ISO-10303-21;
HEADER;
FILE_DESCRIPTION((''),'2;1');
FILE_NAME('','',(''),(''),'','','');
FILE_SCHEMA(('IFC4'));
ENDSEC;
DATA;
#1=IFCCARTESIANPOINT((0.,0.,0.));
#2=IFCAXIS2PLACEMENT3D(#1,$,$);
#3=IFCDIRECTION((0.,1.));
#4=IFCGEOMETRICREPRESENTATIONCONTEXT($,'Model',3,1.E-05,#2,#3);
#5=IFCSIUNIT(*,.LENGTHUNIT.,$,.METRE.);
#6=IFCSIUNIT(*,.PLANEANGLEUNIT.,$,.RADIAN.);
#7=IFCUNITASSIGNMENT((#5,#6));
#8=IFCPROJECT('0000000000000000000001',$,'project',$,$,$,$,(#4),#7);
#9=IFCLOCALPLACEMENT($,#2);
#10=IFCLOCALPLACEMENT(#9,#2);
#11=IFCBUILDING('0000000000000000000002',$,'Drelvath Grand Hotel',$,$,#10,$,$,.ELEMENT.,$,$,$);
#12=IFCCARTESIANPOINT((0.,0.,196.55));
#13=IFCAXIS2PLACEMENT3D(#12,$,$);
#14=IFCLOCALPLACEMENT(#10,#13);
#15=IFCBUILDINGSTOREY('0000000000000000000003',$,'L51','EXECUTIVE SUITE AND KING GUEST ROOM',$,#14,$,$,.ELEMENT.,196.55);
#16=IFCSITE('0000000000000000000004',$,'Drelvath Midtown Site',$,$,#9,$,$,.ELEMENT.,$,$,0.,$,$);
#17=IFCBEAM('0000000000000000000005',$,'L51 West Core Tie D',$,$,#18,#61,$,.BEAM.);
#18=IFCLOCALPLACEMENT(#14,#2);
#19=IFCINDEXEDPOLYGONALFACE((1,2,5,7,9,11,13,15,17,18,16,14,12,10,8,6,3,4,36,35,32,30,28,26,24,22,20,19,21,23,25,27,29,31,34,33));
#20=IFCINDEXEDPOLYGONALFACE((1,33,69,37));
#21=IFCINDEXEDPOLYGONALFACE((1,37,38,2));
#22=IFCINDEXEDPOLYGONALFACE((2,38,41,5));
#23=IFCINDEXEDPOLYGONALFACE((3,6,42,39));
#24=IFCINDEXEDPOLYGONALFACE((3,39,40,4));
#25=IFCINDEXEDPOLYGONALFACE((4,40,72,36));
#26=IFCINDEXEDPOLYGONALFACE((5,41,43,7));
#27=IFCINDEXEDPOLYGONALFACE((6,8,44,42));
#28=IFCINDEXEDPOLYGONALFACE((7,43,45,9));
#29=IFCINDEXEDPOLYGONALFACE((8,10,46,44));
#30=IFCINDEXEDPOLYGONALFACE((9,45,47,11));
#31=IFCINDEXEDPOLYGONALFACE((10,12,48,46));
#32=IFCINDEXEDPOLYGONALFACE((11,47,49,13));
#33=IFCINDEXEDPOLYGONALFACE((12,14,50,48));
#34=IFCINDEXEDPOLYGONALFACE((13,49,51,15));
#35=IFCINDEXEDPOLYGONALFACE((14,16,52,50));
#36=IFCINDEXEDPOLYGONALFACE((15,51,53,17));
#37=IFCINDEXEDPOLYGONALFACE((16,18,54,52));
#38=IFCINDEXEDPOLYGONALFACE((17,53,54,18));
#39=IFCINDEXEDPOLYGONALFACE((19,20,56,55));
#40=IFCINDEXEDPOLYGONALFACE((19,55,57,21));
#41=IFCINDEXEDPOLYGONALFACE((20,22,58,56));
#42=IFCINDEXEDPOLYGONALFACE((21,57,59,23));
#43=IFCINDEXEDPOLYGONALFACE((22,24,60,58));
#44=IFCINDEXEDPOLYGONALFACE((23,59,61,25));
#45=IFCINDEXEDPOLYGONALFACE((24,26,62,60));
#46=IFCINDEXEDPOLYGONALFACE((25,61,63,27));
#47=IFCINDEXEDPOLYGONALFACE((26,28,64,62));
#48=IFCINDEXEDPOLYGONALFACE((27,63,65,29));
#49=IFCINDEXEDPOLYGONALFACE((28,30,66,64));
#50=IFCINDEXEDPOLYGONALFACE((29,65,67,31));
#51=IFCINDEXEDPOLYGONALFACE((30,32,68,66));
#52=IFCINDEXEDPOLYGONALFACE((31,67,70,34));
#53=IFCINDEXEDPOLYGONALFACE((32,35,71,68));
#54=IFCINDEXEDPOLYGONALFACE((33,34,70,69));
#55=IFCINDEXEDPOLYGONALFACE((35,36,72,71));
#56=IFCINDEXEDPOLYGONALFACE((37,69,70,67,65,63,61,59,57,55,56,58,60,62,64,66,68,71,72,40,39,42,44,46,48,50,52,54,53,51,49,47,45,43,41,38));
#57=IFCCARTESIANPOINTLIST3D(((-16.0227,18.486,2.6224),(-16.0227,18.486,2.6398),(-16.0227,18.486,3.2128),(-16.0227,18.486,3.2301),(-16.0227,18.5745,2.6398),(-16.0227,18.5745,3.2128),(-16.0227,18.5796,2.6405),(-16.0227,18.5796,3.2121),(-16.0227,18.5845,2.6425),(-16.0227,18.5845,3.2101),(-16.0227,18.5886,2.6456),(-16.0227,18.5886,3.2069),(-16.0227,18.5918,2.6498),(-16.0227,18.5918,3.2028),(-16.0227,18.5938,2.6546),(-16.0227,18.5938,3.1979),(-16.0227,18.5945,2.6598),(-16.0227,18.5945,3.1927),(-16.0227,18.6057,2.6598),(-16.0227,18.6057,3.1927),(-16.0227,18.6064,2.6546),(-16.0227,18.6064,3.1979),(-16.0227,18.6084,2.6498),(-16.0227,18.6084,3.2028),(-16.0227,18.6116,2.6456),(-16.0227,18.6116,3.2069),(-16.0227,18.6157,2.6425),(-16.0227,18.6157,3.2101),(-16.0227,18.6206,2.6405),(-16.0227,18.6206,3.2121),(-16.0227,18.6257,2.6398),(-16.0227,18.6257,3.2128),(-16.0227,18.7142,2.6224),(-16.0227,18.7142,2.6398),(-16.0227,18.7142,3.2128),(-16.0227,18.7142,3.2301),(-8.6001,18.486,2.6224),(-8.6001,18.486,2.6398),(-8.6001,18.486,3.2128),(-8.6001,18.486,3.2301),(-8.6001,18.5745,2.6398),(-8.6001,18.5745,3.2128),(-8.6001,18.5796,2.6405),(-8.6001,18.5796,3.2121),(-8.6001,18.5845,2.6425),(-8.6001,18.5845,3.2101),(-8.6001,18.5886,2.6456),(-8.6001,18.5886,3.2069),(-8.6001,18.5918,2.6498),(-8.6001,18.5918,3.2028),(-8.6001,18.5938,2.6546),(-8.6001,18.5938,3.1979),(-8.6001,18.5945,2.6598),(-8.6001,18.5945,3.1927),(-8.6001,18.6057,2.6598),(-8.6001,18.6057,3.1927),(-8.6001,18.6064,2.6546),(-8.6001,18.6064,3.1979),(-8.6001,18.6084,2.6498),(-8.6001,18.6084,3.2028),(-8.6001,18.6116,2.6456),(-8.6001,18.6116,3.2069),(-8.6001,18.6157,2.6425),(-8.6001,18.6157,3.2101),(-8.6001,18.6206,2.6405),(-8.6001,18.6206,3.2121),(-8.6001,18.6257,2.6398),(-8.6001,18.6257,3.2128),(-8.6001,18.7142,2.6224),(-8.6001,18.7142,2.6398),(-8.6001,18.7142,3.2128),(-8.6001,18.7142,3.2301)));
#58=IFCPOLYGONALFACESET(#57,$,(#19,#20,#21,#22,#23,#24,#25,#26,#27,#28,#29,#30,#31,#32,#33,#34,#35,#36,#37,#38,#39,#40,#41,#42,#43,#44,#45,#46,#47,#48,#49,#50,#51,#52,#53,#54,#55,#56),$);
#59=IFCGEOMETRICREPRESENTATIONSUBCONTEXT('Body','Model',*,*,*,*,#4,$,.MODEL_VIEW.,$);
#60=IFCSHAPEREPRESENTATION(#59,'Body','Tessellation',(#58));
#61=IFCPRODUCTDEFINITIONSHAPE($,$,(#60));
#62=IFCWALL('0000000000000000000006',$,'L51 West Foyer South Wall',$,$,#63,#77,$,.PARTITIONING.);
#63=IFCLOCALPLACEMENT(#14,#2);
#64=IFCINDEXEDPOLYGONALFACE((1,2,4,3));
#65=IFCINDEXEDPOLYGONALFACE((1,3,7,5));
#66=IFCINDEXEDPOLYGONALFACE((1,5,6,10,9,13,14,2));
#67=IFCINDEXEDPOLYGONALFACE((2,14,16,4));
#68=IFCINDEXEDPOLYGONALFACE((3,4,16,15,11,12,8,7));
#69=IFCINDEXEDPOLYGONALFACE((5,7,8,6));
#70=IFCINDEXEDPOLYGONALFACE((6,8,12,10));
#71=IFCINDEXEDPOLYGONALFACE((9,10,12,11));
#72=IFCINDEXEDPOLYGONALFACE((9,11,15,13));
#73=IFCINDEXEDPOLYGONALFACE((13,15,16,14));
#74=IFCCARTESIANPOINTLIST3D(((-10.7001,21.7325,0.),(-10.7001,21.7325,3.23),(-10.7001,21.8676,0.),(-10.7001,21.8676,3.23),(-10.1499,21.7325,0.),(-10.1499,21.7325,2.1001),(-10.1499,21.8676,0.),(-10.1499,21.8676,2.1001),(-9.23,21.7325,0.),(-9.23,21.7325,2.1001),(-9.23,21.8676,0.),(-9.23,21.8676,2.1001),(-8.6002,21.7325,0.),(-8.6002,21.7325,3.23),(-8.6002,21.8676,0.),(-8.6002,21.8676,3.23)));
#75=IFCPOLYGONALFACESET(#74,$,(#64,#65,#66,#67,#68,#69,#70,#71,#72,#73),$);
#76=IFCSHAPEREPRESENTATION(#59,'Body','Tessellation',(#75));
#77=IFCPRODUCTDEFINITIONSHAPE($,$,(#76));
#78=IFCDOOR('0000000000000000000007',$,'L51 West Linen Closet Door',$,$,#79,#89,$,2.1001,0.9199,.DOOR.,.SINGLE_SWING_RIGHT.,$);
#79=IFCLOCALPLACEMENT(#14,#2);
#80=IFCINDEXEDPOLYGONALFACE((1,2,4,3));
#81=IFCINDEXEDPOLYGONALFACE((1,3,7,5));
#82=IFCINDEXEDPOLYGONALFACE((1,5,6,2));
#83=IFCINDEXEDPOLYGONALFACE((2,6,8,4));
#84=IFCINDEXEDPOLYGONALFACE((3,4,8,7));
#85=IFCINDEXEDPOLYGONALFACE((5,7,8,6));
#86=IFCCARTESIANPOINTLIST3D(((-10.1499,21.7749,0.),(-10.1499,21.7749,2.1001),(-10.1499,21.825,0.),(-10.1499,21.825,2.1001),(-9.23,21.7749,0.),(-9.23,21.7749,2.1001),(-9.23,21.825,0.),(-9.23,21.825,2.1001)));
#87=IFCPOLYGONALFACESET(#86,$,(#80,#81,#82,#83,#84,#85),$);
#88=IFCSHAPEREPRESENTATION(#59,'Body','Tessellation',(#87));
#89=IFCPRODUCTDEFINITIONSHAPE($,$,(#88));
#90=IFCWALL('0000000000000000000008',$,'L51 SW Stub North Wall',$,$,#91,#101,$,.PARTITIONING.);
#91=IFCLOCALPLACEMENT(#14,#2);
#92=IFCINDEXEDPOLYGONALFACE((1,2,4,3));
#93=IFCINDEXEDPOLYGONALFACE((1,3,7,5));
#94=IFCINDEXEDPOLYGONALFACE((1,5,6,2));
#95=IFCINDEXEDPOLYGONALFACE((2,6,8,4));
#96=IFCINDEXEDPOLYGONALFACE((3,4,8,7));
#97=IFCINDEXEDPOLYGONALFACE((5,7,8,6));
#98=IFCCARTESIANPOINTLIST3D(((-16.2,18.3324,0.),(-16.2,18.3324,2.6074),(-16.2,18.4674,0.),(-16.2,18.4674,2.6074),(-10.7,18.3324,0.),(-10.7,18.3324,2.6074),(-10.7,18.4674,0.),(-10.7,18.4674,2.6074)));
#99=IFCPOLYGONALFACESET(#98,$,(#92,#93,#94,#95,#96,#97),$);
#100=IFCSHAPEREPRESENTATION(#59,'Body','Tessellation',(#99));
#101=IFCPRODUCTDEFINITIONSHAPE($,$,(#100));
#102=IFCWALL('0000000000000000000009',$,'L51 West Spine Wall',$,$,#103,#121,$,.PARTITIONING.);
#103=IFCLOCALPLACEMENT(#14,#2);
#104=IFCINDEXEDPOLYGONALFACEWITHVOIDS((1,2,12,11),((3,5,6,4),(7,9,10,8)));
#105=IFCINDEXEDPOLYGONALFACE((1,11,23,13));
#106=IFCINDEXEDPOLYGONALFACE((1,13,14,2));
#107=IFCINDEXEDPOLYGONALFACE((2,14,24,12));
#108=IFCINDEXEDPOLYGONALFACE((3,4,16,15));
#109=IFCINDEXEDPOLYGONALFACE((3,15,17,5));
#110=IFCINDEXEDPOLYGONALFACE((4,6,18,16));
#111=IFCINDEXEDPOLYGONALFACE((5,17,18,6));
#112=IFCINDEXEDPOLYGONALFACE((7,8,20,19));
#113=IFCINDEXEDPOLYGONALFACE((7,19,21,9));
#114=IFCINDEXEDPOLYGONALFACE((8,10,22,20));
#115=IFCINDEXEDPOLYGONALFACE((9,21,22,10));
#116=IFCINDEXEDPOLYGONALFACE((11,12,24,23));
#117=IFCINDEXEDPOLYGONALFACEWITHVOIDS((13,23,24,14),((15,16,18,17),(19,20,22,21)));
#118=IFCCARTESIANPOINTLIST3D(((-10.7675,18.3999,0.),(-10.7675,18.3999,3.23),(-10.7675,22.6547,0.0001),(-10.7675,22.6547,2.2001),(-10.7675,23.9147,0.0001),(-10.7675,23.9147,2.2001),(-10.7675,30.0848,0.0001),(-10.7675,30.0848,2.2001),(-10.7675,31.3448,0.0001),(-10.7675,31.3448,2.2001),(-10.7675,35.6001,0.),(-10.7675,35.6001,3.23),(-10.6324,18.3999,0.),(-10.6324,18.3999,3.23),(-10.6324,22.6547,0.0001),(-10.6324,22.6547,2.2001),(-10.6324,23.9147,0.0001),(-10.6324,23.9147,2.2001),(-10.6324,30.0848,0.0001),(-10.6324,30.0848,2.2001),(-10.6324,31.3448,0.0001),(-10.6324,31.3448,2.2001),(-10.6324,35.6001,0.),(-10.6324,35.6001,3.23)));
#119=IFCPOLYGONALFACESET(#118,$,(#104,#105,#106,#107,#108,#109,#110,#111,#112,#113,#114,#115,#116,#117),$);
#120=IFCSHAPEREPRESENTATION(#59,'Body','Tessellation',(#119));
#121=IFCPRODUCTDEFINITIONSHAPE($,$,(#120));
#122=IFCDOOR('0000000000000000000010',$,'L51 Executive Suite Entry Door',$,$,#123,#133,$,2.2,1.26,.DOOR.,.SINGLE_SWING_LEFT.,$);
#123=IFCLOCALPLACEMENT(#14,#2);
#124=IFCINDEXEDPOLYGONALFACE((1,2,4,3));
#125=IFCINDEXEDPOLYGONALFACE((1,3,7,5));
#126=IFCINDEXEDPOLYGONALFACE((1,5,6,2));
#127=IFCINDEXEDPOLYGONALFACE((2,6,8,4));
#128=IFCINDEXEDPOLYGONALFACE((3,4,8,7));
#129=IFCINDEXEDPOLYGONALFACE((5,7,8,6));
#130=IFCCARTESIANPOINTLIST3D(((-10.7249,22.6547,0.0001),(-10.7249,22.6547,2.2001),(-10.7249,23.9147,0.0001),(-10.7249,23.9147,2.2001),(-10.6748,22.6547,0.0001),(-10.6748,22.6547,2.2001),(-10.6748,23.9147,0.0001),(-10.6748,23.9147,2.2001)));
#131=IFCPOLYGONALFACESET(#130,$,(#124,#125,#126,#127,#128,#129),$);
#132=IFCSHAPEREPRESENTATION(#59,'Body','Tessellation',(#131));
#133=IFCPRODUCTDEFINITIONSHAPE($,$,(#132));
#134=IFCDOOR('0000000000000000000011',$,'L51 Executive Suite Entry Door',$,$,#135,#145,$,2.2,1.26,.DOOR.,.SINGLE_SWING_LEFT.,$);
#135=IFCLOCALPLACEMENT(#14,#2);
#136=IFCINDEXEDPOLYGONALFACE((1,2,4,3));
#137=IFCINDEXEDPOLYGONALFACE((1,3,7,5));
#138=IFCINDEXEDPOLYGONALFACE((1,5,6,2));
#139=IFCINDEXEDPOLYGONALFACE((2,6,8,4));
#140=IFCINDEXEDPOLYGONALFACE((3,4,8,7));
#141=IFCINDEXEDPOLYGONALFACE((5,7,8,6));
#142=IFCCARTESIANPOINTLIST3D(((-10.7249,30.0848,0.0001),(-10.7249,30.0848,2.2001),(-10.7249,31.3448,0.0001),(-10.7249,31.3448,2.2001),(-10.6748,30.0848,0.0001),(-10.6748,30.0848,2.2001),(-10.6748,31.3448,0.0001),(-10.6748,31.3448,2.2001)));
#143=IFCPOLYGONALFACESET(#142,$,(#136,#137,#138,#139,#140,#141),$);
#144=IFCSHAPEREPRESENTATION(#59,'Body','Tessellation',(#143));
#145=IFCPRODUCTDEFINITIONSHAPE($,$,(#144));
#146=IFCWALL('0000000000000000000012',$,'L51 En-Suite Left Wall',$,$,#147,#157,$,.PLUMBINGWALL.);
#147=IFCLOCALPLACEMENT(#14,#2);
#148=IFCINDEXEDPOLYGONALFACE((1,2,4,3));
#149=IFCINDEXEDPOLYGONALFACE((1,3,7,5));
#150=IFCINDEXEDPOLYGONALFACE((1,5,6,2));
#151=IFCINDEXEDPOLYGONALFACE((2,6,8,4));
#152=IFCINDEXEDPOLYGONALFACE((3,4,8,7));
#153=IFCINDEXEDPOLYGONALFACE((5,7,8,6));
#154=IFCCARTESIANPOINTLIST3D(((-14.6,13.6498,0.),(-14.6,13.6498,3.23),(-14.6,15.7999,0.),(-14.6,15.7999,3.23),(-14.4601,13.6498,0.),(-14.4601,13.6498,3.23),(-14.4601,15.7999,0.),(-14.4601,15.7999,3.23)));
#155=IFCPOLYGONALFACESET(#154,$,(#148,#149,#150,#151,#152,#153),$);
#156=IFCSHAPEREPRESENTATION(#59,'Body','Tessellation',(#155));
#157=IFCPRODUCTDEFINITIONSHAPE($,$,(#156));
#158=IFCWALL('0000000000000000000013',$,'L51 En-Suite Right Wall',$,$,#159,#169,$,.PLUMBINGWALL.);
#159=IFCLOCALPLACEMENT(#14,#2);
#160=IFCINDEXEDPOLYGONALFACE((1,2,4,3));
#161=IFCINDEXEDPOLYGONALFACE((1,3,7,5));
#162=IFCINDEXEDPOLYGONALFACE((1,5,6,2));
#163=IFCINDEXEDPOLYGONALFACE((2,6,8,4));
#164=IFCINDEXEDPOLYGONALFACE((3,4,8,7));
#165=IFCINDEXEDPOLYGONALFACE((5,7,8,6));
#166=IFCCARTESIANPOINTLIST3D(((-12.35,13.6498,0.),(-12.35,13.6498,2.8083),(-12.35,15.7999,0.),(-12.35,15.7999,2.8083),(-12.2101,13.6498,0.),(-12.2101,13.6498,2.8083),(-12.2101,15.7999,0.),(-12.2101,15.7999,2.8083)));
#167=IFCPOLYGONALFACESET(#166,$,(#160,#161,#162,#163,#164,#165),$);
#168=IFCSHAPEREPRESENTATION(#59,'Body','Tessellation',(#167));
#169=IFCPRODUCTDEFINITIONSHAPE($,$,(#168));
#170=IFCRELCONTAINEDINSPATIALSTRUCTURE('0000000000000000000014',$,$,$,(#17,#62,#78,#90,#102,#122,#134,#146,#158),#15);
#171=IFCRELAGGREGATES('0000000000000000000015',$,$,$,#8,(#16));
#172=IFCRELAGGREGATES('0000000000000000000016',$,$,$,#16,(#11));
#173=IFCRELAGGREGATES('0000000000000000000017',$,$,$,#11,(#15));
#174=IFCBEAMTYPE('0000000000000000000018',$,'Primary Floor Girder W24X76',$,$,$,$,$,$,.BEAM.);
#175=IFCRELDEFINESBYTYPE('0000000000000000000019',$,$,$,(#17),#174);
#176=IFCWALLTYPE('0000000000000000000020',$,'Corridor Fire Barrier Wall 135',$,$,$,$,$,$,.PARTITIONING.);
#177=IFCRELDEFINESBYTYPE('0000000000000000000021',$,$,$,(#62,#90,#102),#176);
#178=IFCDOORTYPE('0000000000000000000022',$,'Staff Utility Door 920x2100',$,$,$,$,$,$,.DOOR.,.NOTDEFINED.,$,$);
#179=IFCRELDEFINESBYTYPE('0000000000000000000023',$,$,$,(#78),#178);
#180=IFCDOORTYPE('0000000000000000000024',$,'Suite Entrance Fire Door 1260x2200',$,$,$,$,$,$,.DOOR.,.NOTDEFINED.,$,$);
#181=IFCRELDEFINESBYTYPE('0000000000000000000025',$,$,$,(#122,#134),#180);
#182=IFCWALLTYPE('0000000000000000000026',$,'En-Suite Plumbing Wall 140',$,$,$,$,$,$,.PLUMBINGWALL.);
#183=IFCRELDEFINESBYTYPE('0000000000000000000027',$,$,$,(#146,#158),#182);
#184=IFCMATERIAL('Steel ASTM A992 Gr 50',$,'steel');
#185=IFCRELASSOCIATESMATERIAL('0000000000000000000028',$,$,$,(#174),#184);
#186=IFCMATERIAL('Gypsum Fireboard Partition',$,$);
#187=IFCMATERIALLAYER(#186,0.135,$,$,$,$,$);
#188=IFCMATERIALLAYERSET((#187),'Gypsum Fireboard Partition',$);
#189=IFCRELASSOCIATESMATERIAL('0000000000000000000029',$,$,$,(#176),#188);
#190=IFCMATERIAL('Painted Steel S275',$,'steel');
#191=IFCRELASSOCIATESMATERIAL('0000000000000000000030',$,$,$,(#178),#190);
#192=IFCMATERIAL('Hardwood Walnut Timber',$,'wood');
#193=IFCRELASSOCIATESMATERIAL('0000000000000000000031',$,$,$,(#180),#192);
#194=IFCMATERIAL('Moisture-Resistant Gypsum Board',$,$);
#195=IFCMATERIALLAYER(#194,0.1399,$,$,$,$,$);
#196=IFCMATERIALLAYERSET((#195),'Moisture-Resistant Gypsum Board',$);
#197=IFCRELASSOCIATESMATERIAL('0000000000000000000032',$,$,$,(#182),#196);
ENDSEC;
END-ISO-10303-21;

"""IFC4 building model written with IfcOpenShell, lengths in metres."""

from ifc_helpers import new_model, si_unit, direction, frame, frame_2d, origin, origin_2d, place, context, subcontext, project, spatial, rectangle, i_section, extrude, material, layer, layer_set, material_profile, profile_set, type_object, element, fill, save


model = new_model("IFC4")

# Units and contexts
model_context = context("Model", 3, precision=1e-05, world=origin(), true_north=direction((0.0, 1.0)))
body_context = subcontext(model_context, "Body", "Model", "MODEL_VIEW")
ifc_project = project(units=[si_unit("LENGTHUNIT", "METRE"), si_unit("PLANEANGLEUNIT", "RADIAN")], contexts=[model_context])

# Site, building, storey
site_placement = place(None, origin())
site = spatial("IfcSite", under=ifc_project, at=site_placement, Name="Drelvath Midtown Site", CompositionType="ELEMENT", RefElevation=0.0)
building_placement = place(site_placement, origin())
building = spatial("IfcBuilding", under=site, at=building_placement, Name="Drelvath Grand Hotel", CompositionType="ELEMENT")
storey_placement = place(building_placement, frame((0.0, 0.0, 196.55)))
storey = spatial("IfcBuildingStorey", under=building, at=storey_placement, Name="L51", Description="EXECUTIVE SUITE AND KING GUEST ROOM", CompositionType="ELEMENT", Elevation=196.55)

# Beam
ifc_material_1 = material(Name="Steel ASTM A992 Gr 50", Category="steel")
ifc_material_profile = material_profile(ifc_material_1, i_section(OverallWidth=0.2283, OverallDepth=0.6077, WebThickness=0.0112, FlangeThickness=0.0173, FilletRadius=0.02, at=origin_2d()), Name="W24X76")
ifc_profile_set = profile_set([ifc_material_profile], Name="Steel ASTM A992 Gr 50")
beam_type = type_object("IfcBeamType", Name="Primary Floor Girder W24X76", PredefinedType="BEAM", material=ifc_profile_set)
beam_placement = place(storey_placement, frame((-16.0227, 18.6001, 2.9263), z_axis=(1.0, 0.0, 0.0), x_axis=(0.0, 1.0, 0.0)))
element("IfcBeam", 1, at=beam_placement, inside=storey, type_object=beam_type, Name="L51 West Core Tie D", PredefinedType="BEAM", context=body_context, shape_type="SweptSolid", body=[
    extrude(i_section(OverallWidth=0.2283, OverallDepth=0.6077, WebThickness=0.0112, FlangeThickness=0.0173, FilletRadius=0.02, at=origin_2d()), origin(), (0.0, 0.0, 1.0), 7.4226),
])

# Wall, opening, door
ifc_material_2 = material(Name="Gypsum Fireboard Partition")
ifc_layer_1 = layer(ifc_material_2, 0.135)
ifc_layer_set_1 = layer_set([ifc_layer_1], Name="Gypsum Fireboard Partition")
wall_type_1 = type_object("IfcWallType", Name="Corridor Fire Barrier Wall 135", PredefinedType="PARTITIONING", material=ifc_layer_set_1)
wall_1_placement = place(storey_placement, frame((-10.7, 21.8, 0.0), z_axis=(0.0, 0.0, 1.0), x_axis=(1.0, 0.0, 0.0)))
wall_1 = element("IfcWall", 2, at=wall_1_placement, inside=storey, type_object=wall_type_1, Name="L51 West Foyer South Wall", PredefinedType="PARTITIONING", context=body_context, shape_type="SweptSolid", body=[
    extrude(rectangle(XDim=2.0999, YDim=0.135, at=frame_2d((1.0498, 0.0))), origin(), (0.0, 0.0, 1.0), 3.23),
])
opening_1_placement = place(wall_1_placement, frame((0.55, 0.0, 0.0)))
opening_1 = element("IfcOpeningElement", 3, at=opening_1_placement, cuts=wall_1, PredefinedType="OPENING", context=body_context, shape_type="SweptSolid", body=[
    extrude(rectangle(XDim=0.9199, YDim=2.1001, at=frame_2d((0.46, 1.05))), frame((0.0, 0.0774, 0.0), z_axis=(0.0, -1.0, 0.0), x_axis=(1.0, 0.0, 0.0)), (0.0, 0.0, 1.0), 0.155),
])
ifc_material_3 = material(Name="Painted Steel S275", Category="steel")
door_type_1 = type_object("IfcDoorType", Name="Staff Utility Door 920x2100", OperationType="NOTDEFINED", PredefinedType="DOOR", material=ifc_material_3)
door_1_placement = place(opening_1_placement, origin())
door_1 = element("IfcDoor", 4, at=door_1_placement, inside=storey, type_object=door_type_1, Name="L51 West Linen Closet Door", OperationType="SINGLE_SWING_RIGHT", OverallHeight=2.1001, OverallWidth=0.9199, PredefinedType="DOOR", context=body_context, shape_type="SweptSolid", body=[
    extrude(rectangle(XDim=0.9199, YDim=2.1001, at=frame_2d((0.46, 1.05))), frame((0.0, 0.0249, 0.0), z_axis=(0.0, -1.0, 0.0), x_axis=(1.0, 0.0, 0.0)), (0.0, 0.0, 1.0), 0.05),
])
fill(opening_1, door_1)

# Wall
wall_2_placement = place(storey_placement, frame((-16.2, 18.3999, 0.0), z_axis=(0.0, 0.0, 1.0), x_axis=(1.0, 0.0, 0.0)))
element("IfcWall", 5, at=wall_2_placement, inside=storey, type_object=wall_type_1, Name="L51 SW Stub North Wall", PredefinedType="PARTITIONING", context=body_context, shape_type="SweptSolid", body=[
    extrude(rectangle(XDim=5.5, YDim=0.135, at=frame_2d((2.75, 0.0))), origin(), (0.0, 0.0, 1.0), 2.6074),
])

# Wall, openings, doors
wall_3_placement = place(storey_placement, frame((-10.7, 18.3999, 0.0), z_axis=(0.0, 0.0, 1.0), x_axis=(0.0, 1.0, 0.0)))
wall_3 = element("IfcWall", 6, at=wall_3_placement, inside=storey, type_object=wall_type_1, Name="L51 West Spine Wall", PredefinedType="PARTITIONING", context=body_context, shape_type="SweptSolid", body=[
    extrude(rectangle(XDim=17.2002, YDim=0.135, at=frame_2d((8.6001, 0.0))), origin(), (0.0, 0.0, 1.0), 3.23),
])
opening_2_placement = place(wall_3_placement, frame((4.2549, 0.0, 0.0)))
opening_2 = element("IfcOpeningElement", 7, at=opening_2_placement, cuts=wall_3, PredefinedType="OPENING", context=body_context, shape_type="SweptSolid", body=[
    extrude(rectangle(XDim=1.26, YDim=2.2, at=frame_2d((0.6299, 1.1001))), frame((0.0, 0.0774, 0.0), z_axis=(0.0, -1.0, 0.0), x_axis=(1.0, 0.0, 0.0)), (0.0, 0.0, 1.0), 0.155),
])
opening_3_placement = place(wall_3_placement, frame((11.6851, 0.0, 0.0)))
opening_3 = element("IfcOpeningElement", 8, at=opening_3_placement, cuts=wall_3, PredefinedType="OPENING", context=body_context, shape_type="SweptSolid", body=[
    extrude(rectangle(XDim=1.26, YDim=2.2, at=frame_2d((0.6299, 1.1001))), frame((0.0, 0.0774, 0.0), z_axis=(0.0, -1.0, 0.0), x_axis=(1.0, 0.0, 0.0)), (0.0, 0.0, 1.0), 0.155),
])
ifc_material_4 = material(Name="Hardwood Walnut Timber", Category="wood")
door_type_2 = type_object("IfcDoorType", Name="Suite Entrance Fire Door 1260x2200", OperationType="NOTDEFINED", PredefinedType="DOOR", material=ifc_material_4)
door_2_placement = place(opening_2_placement, origin())
door_2 = element("IfcDoor", 9, at=door_2_placement, inside=storey, type_object=door_type_2, Name="L51 Executive Suite Entry Door", OperationType="SINGLE_SWING_LEFT", OverallHeight=2.2, OverallWidth=1.26, PredefinedType="DOOR", context=body_context, shape_type="SweptSolid", body=[
    extrude(rectangle(XDim=1.26, YDim=2.2, at=frame_2d((0.6299, 1.1001))), frame((0.0, 0.0249, 0.0), z_axis=(0.0, -1.0, 0.0), x_axis=(1.0, 0.0, 0.0)), (0.0, 0.0, 1.0), 0.05),
])
fill(opening_2, door_2)
door_3_placement = place(opening_3_placement, origin())
door_3 = element("IfcDoor", 10, at=door_3_placement, inside=storey, type_object=door_type_2, Name="L51 Executive Suite Entry Door", OperationType="SINGLE_SWING_LEFT", OverallHeight=2.2, OverallWidth=1.26, PredefinedType="DOOR", context=body_context, shape_type="SweptSolid", body=[
    extrude(rectangle(XDim=1.26, YDim=2.2, at=frame_2d((0.6299, 1.1001))), frame((0.0, 0.0249, 0.0), z_axis=(0.0, -1.0, 0.0), x_axis=(1.0, 0.0, 0.0)), (0.0, 0.0, 1.0), 0.05),
])
fill(opening_3, door_3)

# Walls
ifc_material_5 = material(Name="Moisture-Resistant Gypsum Board")
ifc_layer_2 = layer(ifc_material_5, 0.1399)
ifc_layer_set_2 = layer_set([ifc_layer_2], Name="Moisture-Resistant Gypsum Board")
wall_type_2 = type_object("IfcWallType", Name="En-Suite Plumbing Wall 140", PredefinedType="PLUMBINGWALL", material=ifc_layer_set_2)
wall_4_placement = place(storey_placement, frame((-14.53, 15.8, 0.0), z_axis=(0.0, 0.0, 1.0), x_axis=(0.0, -1.0, 0.0)))
element("IfcWall", 11, at=wall_4_placement, inside=storey, type_object=wall_type_2, Name="L51 En-Suite Left Wall", PredefinedType="PLUMBINGWALL", context=body_context, shape_type="SweptSolid", body=[
    extrude(rectangle(XDim=2.1501, YDim=0.1399, at=frame_2d((1.0752, 0.0))), origin(), (0.0, 0.0, 1.0), 3.23),
])
wall_5_placement = place(storey_placement, frame((-12.28, 15.8, 0.0), z_axis=(0.0, 0.0, 1.0), x_axis=(0.0, -1.0, 0.0)))
element("IfcWall", 12, at=wall_5_placement, inside=storey, type_object=wall_type_2, Name="L51 En-Suite Right Wall", PredefinedType="PLUMBINGWALL", context=body_context, shape_type="SweptSolid", body=[
    extrude(rectangle(XDim=2.1501, YDim=0.1399, at=frame_2d((1.0752, 0.0))), origin(), (0.0, 0.0, 1.0), 2.8083),
])

save(model, "model.ifc")
